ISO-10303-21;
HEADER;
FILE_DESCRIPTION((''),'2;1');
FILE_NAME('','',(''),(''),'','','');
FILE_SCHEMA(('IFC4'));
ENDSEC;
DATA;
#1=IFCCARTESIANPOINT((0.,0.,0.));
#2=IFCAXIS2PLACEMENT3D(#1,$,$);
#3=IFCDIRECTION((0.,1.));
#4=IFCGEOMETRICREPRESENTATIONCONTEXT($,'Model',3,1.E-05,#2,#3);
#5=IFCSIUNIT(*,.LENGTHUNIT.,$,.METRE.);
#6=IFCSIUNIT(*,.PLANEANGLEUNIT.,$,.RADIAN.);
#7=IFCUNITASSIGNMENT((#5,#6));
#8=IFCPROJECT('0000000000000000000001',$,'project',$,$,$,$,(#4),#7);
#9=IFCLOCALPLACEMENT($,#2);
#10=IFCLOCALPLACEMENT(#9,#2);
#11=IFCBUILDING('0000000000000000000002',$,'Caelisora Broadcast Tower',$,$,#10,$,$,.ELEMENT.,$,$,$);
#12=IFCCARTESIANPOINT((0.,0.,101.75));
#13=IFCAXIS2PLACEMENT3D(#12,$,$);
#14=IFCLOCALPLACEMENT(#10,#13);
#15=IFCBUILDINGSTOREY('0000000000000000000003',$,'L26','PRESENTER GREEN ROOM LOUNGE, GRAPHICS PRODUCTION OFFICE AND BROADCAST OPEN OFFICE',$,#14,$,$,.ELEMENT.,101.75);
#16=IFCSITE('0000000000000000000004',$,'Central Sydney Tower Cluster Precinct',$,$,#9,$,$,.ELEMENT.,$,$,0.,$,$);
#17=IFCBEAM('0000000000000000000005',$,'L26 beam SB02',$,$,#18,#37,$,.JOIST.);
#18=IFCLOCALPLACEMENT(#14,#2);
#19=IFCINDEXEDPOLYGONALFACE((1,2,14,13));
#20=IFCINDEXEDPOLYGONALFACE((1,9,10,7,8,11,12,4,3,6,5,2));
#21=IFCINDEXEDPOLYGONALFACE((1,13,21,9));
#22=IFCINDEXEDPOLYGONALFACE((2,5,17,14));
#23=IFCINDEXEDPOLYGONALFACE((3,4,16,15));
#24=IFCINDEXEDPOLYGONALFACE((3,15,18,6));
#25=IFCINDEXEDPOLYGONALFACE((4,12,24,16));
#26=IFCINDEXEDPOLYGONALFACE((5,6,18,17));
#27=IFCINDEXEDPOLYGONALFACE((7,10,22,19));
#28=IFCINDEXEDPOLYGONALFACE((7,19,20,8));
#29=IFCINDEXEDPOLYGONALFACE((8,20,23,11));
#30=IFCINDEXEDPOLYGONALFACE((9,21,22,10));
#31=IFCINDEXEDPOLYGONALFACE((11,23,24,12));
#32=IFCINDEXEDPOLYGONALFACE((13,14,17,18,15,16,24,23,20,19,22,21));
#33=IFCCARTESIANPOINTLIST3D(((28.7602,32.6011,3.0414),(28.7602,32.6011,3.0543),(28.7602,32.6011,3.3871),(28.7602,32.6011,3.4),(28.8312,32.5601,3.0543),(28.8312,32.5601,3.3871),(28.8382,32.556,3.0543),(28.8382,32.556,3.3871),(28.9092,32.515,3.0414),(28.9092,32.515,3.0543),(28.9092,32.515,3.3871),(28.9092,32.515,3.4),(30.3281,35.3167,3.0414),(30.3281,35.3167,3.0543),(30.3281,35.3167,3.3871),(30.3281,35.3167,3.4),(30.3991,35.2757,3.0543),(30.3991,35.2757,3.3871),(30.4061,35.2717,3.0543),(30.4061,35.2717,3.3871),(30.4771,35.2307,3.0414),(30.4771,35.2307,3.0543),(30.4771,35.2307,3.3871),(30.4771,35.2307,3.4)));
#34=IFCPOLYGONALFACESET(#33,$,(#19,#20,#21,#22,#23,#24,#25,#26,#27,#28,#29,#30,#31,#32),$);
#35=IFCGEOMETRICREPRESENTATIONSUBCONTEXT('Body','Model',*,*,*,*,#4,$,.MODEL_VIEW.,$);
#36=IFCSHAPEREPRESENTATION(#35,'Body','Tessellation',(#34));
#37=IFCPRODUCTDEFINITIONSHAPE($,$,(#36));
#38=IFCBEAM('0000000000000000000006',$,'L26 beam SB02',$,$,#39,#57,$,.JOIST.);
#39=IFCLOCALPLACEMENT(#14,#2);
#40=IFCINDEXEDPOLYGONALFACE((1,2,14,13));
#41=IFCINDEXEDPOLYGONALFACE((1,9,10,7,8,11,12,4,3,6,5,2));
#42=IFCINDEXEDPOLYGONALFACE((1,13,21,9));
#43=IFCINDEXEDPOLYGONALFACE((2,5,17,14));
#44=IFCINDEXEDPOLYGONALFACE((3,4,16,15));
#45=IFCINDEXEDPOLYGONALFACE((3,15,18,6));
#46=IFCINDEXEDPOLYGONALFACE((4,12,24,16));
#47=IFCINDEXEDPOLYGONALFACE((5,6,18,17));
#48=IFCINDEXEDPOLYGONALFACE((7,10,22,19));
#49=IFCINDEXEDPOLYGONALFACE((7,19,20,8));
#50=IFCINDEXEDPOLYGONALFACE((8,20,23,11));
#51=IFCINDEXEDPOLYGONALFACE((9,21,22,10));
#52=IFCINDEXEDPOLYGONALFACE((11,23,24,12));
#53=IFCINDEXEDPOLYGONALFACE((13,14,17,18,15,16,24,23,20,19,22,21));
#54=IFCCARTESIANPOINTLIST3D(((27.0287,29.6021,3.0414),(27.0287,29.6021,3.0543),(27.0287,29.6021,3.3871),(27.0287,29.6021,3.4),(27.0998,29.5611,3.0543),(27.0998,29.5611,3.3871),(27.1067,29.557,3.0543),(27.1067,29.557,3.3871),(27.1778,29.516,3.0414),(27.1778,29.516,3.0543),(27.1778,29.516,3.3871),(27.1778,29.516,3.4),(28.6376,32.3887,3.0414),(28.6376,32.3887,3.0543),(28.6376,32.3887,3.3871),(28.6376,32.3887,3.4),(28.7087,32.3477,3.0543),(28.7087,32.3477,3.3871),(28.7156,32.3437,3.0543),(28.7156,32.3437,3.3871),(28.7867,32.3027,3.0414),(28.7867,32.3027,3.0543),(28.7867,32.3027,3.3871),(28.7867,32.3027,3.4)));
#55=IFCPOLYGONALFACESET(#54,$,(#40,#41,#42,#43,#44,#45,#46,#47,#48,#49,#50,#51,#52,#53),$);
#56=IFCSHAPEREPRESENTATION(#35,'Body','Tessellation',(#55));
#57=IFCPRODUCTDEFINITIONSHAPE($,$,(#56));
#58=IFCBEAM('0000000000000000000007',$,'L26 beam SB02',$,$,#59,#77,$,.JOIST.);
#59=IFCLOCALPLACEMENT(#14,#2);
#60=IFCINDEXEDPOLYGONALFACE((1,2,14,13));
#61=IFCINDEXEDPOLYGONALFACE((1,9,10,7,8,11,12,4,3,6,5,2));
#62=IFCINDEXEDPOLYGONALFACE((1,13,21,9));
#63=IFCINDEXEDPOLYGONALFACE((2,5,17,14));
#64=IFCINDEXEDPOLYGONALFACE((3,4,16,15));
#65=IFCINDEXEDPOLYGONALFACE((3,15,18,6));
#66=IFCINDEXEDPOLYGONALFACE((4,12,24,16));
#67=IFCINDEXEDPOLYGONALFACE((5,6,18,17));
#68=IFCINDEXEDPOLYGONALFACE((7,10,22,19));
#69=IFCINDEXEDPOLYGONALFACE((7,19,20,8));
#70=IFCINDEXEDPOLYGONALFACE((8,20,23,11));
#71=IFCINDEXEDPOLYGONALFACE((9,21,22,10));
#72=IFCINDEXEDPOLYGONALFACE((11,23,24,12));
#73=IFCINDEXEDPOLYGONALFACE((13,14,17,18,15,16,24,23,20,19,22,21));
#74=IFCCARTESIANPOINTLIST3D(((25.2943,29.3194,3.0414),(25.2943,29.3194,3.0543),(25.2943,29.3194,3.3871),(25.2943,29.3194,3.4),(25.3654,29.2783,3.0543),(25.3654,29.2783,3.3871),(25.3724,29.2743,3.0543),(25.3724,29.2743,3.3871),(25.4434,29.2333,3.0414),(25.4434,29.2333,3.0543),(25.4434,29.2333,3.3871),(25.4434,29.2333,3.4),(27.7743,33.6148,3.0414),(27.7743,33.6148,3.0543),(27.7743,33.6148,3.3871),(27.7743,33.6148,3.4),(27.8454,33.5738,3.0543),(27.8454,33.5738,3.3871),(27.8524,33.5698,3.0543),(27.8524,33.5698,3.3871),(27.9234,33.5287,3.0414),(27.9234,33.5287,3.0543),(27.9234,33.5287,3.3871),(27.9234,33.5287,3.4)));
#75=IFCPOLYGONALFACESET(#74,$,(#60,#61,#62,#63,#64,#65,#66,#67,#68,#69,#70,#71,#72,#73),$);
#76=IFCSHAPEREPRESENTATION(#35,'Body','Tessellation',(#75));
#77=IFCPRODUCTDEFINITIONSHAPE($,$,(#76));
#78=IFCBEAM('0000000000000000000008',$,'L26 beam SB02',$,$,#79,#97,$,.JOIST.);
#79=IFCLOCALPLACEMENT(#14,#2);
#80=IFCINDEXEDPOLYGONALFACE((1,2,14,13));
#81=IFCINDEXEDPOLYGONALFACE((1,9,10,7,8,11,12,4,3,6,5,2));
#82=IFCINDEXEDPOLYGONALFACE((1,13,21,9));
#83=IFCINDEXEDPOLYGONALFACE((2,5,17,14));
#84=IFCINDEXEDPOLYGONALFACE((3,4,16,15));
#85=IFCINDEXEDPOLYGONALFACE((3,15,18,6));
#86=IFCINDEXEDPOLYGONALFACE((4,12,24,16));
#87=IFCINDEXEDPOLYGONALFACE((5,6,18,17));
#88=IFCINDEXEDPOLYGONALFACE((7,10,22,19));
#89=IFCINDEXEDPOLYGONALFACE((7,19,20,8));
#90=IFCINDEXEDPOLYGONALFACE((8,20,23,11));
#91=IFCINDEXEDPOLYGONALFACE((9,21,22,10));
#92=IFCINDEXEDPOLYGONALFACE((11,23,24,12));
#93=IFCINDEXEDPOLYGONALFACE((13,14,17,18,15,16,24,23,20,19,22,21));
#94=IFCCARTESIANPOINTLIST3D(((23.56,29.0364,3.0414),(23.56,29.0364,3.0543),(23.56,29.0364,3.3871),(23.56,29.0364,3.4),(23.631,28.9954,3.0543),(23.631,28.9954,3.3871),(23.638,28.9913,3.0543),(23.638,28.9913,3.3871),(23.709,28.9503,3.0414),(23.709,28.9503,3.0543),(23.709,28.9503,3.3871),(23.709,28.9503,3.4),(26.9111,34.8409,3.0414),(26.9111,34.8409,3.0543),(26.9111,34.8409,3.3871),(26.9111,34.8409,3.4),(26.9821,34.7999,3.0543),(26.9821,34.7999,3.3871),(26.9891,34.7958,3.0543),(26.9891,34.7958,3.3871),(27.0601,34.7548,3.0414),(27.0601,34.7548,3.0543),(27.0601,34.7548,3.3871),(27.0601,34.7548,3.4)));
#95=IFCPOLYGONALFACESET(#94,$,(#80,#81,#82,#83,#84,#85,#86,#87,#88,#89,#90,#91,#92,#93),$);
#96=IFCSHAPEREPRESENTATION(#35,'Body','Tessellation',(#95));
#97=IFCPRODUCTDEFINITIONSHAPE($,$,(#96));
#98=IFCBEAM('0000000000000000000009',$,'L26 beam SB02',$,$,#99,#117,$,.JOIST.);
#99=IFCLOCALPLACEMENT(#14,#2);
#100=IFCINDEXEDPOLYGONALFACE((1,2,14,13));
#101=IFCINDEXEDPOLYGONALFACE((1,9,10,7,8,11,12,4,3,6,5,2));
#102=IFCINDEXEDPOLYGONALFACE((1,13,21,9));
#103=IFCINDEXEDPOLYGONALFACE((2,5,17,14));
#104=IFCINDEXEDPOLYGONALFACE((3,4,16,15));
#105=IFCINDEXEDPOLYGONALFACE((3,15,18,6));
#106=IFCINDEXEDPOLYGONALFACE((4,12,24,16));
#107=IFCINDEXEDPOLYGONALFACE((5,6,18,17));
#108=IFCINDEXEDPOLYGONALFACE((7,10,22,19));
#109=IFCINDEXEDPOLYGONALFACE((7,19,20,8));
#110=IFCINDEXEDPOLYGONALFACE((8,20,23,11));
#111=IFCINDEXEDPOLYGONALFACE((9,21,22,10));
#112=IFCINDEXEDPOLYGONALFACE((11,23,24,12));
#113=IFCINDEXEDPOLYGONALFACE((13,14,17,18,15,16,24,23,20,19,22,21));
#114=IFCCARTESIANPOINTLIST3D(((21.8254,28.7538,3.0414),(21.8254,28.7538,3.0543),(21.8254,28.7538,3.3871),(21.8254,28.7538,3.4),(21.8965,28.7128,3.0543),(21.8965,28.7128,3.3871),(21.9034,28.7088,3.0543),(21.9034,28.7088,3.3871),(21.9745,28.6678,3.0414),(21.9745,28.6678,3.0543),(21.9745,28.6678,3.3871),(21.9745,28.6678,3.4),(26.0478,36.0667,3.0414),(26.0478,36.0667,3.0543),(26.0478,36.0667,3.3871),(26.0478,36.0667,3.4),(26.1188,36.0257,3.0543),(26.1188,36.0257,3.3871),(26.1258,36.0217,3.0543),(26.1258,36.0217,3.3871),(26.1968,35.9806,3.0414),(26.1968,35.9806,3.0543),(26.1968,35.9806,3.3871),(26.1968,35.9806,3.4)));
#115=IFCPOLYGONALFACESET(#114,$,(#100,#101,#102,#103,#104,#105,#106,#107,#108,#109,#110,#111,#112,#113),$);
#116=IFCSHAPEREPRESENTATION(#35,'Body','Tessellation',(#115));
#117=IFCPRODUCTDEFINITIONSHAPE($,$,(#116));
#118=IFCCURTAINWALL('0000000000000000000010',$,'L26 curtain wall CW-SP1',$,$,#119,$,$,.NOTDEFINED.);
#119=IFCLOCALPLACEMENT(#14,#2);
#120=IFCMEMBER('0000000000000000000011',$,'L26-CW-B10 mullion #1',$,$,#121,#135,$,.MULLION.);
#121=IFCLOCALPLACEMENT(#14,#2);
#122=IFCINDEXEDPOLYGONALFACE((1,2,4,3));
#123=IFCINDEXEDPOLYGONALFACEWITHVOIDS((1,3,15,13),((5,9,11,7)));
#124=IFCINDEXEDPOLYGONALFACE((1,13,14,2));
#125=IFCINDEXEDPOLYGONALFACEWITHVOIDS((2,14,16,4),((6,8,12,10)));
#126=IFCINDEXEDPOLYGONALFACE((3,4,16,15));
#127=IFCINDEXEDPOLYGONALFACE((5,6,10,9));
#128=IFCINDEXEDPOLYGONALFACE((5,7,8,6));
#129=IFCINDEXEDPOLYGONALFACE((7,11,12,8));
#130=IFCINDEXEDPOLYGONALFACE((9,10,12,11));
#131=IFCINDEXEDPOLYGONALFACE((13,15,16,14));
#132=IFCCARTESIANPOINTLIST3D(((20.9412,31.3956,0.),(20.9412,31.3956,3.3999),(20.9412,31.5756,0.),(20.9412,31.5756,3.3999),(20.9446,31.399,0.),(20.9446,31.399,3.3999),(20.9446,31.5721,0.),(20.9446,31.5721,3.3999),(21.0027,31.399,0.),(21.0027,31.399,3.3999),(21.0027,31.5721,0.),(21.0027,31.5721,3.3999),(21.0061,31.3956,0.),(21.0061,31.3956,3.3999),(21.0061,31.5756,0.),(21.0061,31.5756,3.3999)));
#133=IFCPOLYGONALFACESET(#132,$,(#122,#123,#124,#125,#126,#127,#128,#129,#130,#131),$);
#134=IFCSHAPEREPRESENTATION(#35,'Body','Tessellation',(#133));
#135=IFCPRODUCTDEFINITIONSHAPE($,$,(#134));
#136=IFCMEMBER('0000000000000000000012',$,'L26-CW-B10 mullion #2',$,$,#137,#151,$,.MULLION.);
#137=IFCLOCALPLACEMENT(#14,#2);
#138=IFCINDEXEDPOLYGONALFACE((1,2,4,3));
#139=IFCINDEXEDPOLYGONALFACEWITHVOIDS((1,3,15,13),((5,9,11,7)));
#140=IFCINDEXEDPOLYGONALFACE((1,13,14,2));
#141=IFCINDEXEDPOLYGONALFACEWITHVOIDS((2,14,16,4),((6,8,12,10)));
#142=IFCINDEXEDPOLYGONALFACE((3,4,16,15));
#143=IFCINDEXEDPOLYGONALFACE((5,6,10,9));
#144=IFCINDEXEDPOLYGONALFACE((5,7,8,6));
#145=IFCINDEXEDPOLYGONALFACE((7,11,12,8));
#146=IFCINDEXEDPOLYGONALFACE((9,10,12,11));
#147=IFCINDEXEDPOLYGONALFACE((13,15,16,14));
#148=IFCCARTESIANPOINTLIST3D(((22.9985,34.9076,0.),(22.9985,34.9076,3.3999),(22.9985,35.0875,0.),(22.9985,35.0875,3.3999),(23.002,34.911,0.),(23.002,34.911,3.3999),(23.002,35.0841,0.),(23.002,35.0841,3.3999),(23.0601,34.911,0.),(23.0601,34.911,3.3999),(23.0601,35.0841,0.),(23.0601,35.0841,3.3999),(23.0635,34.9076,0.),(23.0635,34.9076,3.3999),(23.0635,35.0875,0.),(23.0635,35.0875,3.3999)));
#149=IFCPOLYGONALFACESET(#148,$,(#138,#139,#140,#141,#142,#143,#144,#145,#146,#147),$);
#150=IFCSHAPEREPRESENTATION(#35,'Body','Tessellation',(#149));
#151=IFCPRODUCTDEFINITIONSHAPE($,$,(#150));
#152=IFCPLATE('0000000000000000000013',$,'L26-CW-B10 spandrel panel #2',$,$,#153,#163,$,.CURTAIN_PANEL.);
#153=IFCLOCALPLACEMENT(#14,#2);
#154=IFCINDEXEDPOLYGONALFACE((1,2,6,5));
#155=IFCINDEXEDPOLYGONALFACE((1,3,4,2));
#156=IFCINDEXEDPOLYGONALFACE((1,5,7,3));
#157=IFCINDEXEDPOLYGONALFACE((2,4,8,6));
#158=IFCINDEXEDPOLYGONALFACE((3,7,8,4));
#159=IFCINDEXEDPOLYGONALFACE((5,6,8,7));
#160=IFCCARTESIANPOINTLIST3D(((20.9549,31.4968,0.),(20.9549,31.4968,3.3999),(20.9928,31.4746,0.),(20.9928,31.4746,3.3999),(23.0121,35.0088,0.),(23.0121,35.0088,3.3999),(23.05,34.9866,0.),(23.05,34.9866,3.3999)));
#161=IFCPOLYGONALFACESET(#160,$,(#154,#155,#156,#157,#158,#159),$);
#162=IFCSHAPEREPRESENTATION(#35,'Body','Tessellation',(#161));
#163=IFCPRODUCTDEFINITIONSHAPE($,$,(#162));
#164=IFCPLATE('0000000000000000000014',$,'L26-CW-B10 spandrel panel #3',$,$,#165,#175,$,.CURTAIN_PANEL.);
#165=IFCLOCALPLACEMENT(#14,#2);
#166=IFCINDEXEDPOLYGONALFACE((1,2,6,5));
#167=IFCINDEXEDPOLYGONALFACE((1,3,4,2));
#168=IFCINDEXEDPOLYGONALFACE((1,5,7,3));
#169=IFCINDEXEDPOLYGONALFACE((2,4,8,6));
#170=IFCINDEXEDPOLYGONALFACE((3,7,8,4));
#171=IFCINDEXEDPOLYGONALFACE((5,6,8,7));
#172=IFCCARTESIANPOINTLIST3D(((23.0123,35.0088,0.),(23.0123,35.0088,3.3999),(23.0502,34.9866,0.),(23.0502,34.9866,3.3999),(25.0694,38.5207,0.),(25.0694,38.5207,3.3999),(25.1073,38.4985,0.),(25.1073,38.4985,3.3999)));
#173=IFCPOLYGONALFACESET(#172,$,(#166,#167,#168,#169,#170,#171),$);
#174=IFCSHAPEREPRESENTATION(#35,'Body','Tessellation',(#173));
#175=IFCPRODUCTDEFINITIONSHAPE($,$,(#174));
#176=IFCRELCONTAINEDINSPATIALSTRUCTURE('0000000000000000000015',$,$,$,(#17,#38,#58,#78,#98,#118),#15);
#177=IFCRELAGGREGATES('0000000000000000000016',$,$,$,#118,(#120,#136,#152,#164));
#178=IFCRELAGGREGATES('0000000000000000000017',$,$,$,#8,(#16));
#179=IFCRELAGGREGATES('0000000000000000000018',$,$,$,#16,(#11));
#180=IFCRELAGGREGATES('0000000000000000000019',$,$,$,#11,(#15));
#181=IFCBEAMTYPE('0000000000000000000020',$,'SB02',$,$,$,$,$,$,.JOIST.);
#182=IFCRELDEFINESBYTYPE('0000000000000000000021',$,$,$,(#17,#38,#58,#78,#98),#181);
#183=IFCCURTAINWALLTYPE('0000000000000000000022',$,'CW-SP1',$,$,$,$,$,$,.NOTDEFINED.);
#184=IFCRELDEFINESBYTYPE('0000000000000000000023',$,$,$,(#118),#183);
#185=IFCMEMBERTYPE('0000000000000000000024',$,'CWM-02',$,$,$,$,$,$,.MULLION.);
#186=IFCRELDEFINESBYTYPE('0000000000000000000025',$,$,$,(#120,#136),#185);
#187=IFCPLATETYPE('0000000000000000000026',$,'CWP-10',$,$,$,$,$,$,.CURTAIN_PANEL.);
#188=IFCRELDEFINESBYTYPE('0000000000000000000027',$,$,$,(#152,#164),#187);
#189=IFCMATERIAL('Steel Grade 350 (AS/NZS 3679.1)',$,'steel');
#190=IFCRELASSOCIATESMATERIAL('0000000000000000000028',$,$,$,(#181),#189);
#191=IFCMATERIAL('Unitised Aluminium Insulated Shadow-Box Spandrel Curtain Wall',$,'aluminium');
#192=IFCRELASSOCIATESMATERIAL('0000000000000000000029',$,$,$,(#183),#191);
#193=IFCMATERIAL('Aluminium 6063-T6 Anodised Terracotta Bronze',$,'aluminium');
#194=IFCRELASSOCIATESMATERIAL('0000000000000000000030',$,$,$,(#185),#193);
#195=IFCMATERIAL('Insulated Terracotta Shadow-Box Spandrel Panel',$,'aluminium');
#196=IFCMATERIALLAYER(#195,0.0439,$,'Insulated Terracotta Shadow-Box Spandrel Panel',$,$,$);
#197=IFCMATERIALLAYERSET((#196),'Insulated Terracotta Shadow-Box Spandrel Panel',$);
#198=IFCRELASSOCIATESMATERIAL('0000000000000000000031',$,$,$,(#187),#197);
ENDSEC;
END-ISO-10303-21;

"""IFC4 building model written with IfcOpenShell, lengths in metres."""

from ifc_helpers import new_model, si_unit, direction, frame, origin, origin_2d, place, context, subcontext, project, spatial, rectangle, hollow_rectangle, i_section, extrude, source, transform, mapped, material, layer, layer_set, material_profile, profile_set, type_object, type_shapes, element, aggregate, save


model = new_model("IFC4")

# Units and contexts
model_context = context("Model", 3, precision=1e-05, world=origin(), true_north=direction((0.0, 1.0)))
body_context = subcontext(model_context, "Body", "Model", "MODEL_VIEW")
ifc_project = project(units=[si_unit("LENGTHUNIT", "METRE"), si_unit("PLANEANGLEUNIT", "RADIAN")], contexts=[model_context])

# Site, building, storey
site_placement = place(None, origin())
site = spatial("IfcSite", under=ifc_project, at=site_placement, Name="Central Sydney Tower Cluster Precinct", CompositionType="ELEMENT", RefElevation=0.0)
building_placement = place(site_placement, origin())
building = spatial("IfcBuilding", under=site, at=building_placement, Name="Caelisora Broadcast Tower", CompositionType="ELEMENT")
storey_placement = place(building_placement, frame((0.0, 0.0, 101.75)))
storey = spatial("IfcBuildingStorey", under=building, at=storey_placement, Name="L26", Description="PRESENTER GREEN ROOM LOUNGE, GRAPHICS PRODUCTION OFFICE AND BROADCAST OPEN OFFICE", CompositionType="ELEMENT", Elevation=101.75)

# Beams
ifc_material_1 = material(Name="Steel Grade 350 (AS/NZS 3679.1)", Category="steel")
ifc_material_profile_1 = material_profile(ifc_material_1, i_section(OverallWidth=0.1721, OverallDepth=0.3586, WebThickness=0.0081, FlangeThickness=0.0129, at=origin_2d()), Name="Steel Grade 350 (AS/NZS 3679.1)")
ifc_profile_set_1 = profile_set([ifc_material_profile_1], Name="Steel Grade 350 (AS/NZS 3679.1)")
beam_type = type_object("IfcBeamType", Name="SB02", PredefinedType="JOIST", material=ifc_profile_set_1)
shared_shape_1 = source(origin(), body_context, "Body", "SweptSolid", [
    extrude(i_section(OverallWidth=0.1721, OverallDepth=0.3586, WebThickness=0.0081, FlangeThickness=0.0129, at=origin_2d()), origin(), (0.0, 0.0, 1.0), 3.1357),
])
beam_1_placement = place(storey_placement, frame((30.4026, 35.2737, 3.2207), z_axis=(-0.500008, -0.866021, 0.0), x_axis=(0.866021, -0.500008, 0.0)))
element("IfcBeam", 1, at=beam_1_placement, inside=storey, type_object=beam_type, Name="L26 beam SB02", PredefinedType="JOIST", context=body_context, shape_type="MappedRepresentation", body=[
    mapped(shared_shape_1, transform((0.0, 0.0, 0.0), scale=1.0)),
])
shared_shape_2 = source(origin(), body_context, "Body", "SweptSolid", [
    extrude(i_section(OverallWidth=0.1721, OverallDepth=0.3586, WebThickness=0.0081, FlangeThickness=0.0129, at=origin_2d()), origin(), (0.0, 0.0, 1.0), 3.2178),
])
beam_2_placement = place(storey_placement, frame((28.7122, 32.3457, 3.2207), z_axis=(-0.500007, -0.866021, 0.0), x_axis=(0.866021, -0.500007, 0.0)))
element("IfcBeam", 2, at=beam_2_placement, inside=storey, type_object=beam_type, Name="L26 beam SB02", PredefinedType="JOIST", context=body_context, shape_type="MappedRepresentation", body=[
    mapped(shared_shape_2, transform((0.0, 0.0, 0.0), scale=1.0)),
])
shared_shape_3 = source(origin(), body_context, "Body", "SweptSolid", [
    extrude(i_section(OverallWidth=0.1721, OverallDepth=0.3586, WebThickness=0.0081, FlangeThickness=0.0129, at=origin_2d()), origin(), (0.0, 0.0, 1.0), 4.96),
])
beam_3_placement = place(storey_placement, frame((27.8489, 33.5718, 3.2207), z_axis=(-0.500004, -0.866023, 0.0), x_axis=(0.866023, -0.500004, 0.0)))
element("IfcBeam", 3, at=beam_3_placement, inside=storey, type_object=beam_type, Name="L26 beam SB02", PredefinedType="JOIST", context=body_context, shape_type="MappedRepresentation", body=[
    mapped(shared_shape_3, transform((0.0, 0.0, 0.0), scale=1.0)),
])
shared_shape_4 = source(origin(), body_context, "Body", "SweptSolid", [
    extrude(i_section(OverallWidth=0.1721, OverallDepth=0.3586, WebThickness=0.0081, FlangeThickness=0.0129, at=origin_2d()), origin(), (0.0, 0.0, 1.0), 6.7024),
])
beam_4_placement = place(storey_placement, frame((26.9856, 34.7979, 3.2207), z_axis=(-0.499986, -0.866033, 0.0), x_axis=(0.866033, -0.499986, 0.0)))
element("IfcBeam", 4, at=beam_4_placement, inside=storey, type_object=beam_type, Name="L26 beam SB02", PredefinedType="JOIST", context=body_context, shape_type="MappedRepresentation", body=[
    mapped(shared_shape_4, transform((0.0, 0.0, 0.0), scale=1.0)),
])
shared_shape_5 = source(origin(), body_context, "Body", "SweptSolid", [
    extrude(i_section(OverallWidth=0.1721, OverallDepth=0.3586, WebThickness=0.0081, FlangeThickness=0.0129, at=origin_2d()), origin(), (0.0, 0.0, 1.0), 8.4443),
])
type_shapes(beam_type, [shared_shape_1, shared_shape_2, shared_shape_3, shared_shape_4, shared_shape_5])
beam_5_placement = place(storey_placement, frame((26.1223, 36.0237, 3.2207), z_axis=(-0.500023, -0.866012, 0.0), x_axis=(0.866012, -0.500023, 0.0)))
element("IfcBeam", 5, at=beam_5_placement, inside=storey, type_object=beam_type, Name="L26 beam SB02", PredefinedType="JOIST", context=body_context, shape_type="MappedRepresentation", body=[
    mapped(shared_shape_5, transform((0.0, 0.0, 0.0), scale=1.0)),
])

# Curtain wall, members, plates
ifc_material_2 = material(Name="Unitised Aluminium Insulated Shadow-Box Spandrel Curtain Wall", Category="aluminium")
curtain_wall_type = type_object("IfcCurtainWallType", Name="CW-SP1", PredefinedType="NOTDEFINED", material=ifc_material_2)
curtain_wall_placement = place(storey_placement, origin())
curtain_wall = element("IfcCurtainWall", 6, at=curtain_wall_placement, inside=storey, type_object=curtain_wall_type, Name="L26 curtain wall CW-SP1", PredefinedType="NOTDEFINED")
ifc_material_3 = material(Name="Aluminium 6063-T6 Anodised Terracotta Bronze", Category="aluminium")
ifc_material_profile_2 = material_profile(ifc_material_3, hollow_rectangle(XDim=0.0649, YDim=0.1799, WallThickness=0.0034, at=origin_2d()), Name="Aluminium 6063-T6 Anodised Terracotta Bronze")
ifc_profile_set_2 = profile_set([ifc_material_profile_2], Name="Aluminium 6063-T6 Anodised Terracotta Bronze")
member_type = type_object("IfcMemberType", Name="CWM-02", PredefinedType="MULLION", material=ifc_profile_set_2)
shared_shape_6 = source(origin(), body_context, "Body", "SweptSolid", [
    extrude(hollow_rectangle(XDim=0.0649, YDim=0.1799, WallThickness=0.0034, at=origin_2d()), origin(), (0.0, 0.0, 1.0), 3.3999),
])
type_shapes(member_type, [shared_shape_6])
member_1_placement = place(storey_placement, frame((20.9736, 31.4856, 0.0), z_axis=(0.0, 0.0, 1.0), x_axis=(1.0, 0.0, 0.0)))
member_1 = element("IfcMember", 7, at=member_1_placement, type_object=member_type, Name="L26-CW-B10 mullion #1", PredefinedType="MULLION", context=body_context, shape_type="MappedRepresentation", body=[
    mapped(shared_shape_6, transform((0.0, 0.0, 0.0), scale=1.0)),
])
member_2_placement = place(storey_placement, frame((23.031, 34.9976, 0.0), z_axis=(0.0, 0.0, 1.0), x_axis=(1.0, 0.0, 0.0)))
member_2 = element("IfcMember", 8, at=member_2_placement, type_object=member_type, Name="L26-CW-B10 mullion #2", PredefinedType="MULLION", context=body_context, shape_type="MappedRepresentation", body=[
    mapped(shared_shape_6, transform((0.0, 0.0, 0.0), scale=1.0)),
])
ifc_material_4 = material(Name="Insulated Terracotta Shadow-Box Spandrel Panel", Category="aluminium")
ifc_layer_1 = layer(ifc_material_4, 0.0439, Name="Insulated Terracotta Shadow-Box Spandrel Panel")
ifc_layer_set_1 = layer_set([ifc_layer_1], Name="Insulated Terracotta Shadow-Box Spandrel Panel")
plate_type = type_object("IfcPlateType", Name="CWP-10", PredefinedType="CURTAIN_PANEL", material=ifc_layer_set_1)
shared_shape_7 = source(origin(), body_context, "Body", "SweptSolid", [
    extrude(rectangle(XDim=4.0701, YDim=0.0439, at=origin_2d()), origin(), (0.0, 0.0, 1.0), 3.3999),
])
type_shapes(plate_type, [shared_shape_7])
plate_1_placement = place(storey_placement, frame((22.0024, 33.2417, 0.0), z_axis=(0.0, 0.0, 1.0), x_axis=(0.505431, 0.862867, 0.0)))
plate_1 = element("IfcPlate", 9, at=plate_1_placement, type_object=plate_type, Name="L26-CW-B10 spandrel panel #2", PredefinedType="CURTAIN_PANEL", context=body_context, shape_type="MappedRepresentation", body=[
    mapped(shared_shape_7, transform((0.0, 0.0, 0.0), scale=1.0)),
])
plate_2_placement = place(storey_placement, frame((24.0598, 36.7537, 0.0), z_axis=(0.0, 0.0, 1.0), x_axis=(0.505431, 0.862867, 0.0)))
plate_2 = element("IfcPlate", 10, at=plate_2_placement, type_object=plate_type, Name="L26-CW-B10 spandrel panel #3", PredefinedType="CURTAIN_PANEL", context=body_context, shape_type="MappedRepresentation", body=[
    mapped(shared_shape_7, transform((0.0, 0.0, 0.0), scale=1.0)),
])
aggregate(curtain_wall, [member_1, member_2, plate_1, plate_2])

save(model, "model.ifc")
